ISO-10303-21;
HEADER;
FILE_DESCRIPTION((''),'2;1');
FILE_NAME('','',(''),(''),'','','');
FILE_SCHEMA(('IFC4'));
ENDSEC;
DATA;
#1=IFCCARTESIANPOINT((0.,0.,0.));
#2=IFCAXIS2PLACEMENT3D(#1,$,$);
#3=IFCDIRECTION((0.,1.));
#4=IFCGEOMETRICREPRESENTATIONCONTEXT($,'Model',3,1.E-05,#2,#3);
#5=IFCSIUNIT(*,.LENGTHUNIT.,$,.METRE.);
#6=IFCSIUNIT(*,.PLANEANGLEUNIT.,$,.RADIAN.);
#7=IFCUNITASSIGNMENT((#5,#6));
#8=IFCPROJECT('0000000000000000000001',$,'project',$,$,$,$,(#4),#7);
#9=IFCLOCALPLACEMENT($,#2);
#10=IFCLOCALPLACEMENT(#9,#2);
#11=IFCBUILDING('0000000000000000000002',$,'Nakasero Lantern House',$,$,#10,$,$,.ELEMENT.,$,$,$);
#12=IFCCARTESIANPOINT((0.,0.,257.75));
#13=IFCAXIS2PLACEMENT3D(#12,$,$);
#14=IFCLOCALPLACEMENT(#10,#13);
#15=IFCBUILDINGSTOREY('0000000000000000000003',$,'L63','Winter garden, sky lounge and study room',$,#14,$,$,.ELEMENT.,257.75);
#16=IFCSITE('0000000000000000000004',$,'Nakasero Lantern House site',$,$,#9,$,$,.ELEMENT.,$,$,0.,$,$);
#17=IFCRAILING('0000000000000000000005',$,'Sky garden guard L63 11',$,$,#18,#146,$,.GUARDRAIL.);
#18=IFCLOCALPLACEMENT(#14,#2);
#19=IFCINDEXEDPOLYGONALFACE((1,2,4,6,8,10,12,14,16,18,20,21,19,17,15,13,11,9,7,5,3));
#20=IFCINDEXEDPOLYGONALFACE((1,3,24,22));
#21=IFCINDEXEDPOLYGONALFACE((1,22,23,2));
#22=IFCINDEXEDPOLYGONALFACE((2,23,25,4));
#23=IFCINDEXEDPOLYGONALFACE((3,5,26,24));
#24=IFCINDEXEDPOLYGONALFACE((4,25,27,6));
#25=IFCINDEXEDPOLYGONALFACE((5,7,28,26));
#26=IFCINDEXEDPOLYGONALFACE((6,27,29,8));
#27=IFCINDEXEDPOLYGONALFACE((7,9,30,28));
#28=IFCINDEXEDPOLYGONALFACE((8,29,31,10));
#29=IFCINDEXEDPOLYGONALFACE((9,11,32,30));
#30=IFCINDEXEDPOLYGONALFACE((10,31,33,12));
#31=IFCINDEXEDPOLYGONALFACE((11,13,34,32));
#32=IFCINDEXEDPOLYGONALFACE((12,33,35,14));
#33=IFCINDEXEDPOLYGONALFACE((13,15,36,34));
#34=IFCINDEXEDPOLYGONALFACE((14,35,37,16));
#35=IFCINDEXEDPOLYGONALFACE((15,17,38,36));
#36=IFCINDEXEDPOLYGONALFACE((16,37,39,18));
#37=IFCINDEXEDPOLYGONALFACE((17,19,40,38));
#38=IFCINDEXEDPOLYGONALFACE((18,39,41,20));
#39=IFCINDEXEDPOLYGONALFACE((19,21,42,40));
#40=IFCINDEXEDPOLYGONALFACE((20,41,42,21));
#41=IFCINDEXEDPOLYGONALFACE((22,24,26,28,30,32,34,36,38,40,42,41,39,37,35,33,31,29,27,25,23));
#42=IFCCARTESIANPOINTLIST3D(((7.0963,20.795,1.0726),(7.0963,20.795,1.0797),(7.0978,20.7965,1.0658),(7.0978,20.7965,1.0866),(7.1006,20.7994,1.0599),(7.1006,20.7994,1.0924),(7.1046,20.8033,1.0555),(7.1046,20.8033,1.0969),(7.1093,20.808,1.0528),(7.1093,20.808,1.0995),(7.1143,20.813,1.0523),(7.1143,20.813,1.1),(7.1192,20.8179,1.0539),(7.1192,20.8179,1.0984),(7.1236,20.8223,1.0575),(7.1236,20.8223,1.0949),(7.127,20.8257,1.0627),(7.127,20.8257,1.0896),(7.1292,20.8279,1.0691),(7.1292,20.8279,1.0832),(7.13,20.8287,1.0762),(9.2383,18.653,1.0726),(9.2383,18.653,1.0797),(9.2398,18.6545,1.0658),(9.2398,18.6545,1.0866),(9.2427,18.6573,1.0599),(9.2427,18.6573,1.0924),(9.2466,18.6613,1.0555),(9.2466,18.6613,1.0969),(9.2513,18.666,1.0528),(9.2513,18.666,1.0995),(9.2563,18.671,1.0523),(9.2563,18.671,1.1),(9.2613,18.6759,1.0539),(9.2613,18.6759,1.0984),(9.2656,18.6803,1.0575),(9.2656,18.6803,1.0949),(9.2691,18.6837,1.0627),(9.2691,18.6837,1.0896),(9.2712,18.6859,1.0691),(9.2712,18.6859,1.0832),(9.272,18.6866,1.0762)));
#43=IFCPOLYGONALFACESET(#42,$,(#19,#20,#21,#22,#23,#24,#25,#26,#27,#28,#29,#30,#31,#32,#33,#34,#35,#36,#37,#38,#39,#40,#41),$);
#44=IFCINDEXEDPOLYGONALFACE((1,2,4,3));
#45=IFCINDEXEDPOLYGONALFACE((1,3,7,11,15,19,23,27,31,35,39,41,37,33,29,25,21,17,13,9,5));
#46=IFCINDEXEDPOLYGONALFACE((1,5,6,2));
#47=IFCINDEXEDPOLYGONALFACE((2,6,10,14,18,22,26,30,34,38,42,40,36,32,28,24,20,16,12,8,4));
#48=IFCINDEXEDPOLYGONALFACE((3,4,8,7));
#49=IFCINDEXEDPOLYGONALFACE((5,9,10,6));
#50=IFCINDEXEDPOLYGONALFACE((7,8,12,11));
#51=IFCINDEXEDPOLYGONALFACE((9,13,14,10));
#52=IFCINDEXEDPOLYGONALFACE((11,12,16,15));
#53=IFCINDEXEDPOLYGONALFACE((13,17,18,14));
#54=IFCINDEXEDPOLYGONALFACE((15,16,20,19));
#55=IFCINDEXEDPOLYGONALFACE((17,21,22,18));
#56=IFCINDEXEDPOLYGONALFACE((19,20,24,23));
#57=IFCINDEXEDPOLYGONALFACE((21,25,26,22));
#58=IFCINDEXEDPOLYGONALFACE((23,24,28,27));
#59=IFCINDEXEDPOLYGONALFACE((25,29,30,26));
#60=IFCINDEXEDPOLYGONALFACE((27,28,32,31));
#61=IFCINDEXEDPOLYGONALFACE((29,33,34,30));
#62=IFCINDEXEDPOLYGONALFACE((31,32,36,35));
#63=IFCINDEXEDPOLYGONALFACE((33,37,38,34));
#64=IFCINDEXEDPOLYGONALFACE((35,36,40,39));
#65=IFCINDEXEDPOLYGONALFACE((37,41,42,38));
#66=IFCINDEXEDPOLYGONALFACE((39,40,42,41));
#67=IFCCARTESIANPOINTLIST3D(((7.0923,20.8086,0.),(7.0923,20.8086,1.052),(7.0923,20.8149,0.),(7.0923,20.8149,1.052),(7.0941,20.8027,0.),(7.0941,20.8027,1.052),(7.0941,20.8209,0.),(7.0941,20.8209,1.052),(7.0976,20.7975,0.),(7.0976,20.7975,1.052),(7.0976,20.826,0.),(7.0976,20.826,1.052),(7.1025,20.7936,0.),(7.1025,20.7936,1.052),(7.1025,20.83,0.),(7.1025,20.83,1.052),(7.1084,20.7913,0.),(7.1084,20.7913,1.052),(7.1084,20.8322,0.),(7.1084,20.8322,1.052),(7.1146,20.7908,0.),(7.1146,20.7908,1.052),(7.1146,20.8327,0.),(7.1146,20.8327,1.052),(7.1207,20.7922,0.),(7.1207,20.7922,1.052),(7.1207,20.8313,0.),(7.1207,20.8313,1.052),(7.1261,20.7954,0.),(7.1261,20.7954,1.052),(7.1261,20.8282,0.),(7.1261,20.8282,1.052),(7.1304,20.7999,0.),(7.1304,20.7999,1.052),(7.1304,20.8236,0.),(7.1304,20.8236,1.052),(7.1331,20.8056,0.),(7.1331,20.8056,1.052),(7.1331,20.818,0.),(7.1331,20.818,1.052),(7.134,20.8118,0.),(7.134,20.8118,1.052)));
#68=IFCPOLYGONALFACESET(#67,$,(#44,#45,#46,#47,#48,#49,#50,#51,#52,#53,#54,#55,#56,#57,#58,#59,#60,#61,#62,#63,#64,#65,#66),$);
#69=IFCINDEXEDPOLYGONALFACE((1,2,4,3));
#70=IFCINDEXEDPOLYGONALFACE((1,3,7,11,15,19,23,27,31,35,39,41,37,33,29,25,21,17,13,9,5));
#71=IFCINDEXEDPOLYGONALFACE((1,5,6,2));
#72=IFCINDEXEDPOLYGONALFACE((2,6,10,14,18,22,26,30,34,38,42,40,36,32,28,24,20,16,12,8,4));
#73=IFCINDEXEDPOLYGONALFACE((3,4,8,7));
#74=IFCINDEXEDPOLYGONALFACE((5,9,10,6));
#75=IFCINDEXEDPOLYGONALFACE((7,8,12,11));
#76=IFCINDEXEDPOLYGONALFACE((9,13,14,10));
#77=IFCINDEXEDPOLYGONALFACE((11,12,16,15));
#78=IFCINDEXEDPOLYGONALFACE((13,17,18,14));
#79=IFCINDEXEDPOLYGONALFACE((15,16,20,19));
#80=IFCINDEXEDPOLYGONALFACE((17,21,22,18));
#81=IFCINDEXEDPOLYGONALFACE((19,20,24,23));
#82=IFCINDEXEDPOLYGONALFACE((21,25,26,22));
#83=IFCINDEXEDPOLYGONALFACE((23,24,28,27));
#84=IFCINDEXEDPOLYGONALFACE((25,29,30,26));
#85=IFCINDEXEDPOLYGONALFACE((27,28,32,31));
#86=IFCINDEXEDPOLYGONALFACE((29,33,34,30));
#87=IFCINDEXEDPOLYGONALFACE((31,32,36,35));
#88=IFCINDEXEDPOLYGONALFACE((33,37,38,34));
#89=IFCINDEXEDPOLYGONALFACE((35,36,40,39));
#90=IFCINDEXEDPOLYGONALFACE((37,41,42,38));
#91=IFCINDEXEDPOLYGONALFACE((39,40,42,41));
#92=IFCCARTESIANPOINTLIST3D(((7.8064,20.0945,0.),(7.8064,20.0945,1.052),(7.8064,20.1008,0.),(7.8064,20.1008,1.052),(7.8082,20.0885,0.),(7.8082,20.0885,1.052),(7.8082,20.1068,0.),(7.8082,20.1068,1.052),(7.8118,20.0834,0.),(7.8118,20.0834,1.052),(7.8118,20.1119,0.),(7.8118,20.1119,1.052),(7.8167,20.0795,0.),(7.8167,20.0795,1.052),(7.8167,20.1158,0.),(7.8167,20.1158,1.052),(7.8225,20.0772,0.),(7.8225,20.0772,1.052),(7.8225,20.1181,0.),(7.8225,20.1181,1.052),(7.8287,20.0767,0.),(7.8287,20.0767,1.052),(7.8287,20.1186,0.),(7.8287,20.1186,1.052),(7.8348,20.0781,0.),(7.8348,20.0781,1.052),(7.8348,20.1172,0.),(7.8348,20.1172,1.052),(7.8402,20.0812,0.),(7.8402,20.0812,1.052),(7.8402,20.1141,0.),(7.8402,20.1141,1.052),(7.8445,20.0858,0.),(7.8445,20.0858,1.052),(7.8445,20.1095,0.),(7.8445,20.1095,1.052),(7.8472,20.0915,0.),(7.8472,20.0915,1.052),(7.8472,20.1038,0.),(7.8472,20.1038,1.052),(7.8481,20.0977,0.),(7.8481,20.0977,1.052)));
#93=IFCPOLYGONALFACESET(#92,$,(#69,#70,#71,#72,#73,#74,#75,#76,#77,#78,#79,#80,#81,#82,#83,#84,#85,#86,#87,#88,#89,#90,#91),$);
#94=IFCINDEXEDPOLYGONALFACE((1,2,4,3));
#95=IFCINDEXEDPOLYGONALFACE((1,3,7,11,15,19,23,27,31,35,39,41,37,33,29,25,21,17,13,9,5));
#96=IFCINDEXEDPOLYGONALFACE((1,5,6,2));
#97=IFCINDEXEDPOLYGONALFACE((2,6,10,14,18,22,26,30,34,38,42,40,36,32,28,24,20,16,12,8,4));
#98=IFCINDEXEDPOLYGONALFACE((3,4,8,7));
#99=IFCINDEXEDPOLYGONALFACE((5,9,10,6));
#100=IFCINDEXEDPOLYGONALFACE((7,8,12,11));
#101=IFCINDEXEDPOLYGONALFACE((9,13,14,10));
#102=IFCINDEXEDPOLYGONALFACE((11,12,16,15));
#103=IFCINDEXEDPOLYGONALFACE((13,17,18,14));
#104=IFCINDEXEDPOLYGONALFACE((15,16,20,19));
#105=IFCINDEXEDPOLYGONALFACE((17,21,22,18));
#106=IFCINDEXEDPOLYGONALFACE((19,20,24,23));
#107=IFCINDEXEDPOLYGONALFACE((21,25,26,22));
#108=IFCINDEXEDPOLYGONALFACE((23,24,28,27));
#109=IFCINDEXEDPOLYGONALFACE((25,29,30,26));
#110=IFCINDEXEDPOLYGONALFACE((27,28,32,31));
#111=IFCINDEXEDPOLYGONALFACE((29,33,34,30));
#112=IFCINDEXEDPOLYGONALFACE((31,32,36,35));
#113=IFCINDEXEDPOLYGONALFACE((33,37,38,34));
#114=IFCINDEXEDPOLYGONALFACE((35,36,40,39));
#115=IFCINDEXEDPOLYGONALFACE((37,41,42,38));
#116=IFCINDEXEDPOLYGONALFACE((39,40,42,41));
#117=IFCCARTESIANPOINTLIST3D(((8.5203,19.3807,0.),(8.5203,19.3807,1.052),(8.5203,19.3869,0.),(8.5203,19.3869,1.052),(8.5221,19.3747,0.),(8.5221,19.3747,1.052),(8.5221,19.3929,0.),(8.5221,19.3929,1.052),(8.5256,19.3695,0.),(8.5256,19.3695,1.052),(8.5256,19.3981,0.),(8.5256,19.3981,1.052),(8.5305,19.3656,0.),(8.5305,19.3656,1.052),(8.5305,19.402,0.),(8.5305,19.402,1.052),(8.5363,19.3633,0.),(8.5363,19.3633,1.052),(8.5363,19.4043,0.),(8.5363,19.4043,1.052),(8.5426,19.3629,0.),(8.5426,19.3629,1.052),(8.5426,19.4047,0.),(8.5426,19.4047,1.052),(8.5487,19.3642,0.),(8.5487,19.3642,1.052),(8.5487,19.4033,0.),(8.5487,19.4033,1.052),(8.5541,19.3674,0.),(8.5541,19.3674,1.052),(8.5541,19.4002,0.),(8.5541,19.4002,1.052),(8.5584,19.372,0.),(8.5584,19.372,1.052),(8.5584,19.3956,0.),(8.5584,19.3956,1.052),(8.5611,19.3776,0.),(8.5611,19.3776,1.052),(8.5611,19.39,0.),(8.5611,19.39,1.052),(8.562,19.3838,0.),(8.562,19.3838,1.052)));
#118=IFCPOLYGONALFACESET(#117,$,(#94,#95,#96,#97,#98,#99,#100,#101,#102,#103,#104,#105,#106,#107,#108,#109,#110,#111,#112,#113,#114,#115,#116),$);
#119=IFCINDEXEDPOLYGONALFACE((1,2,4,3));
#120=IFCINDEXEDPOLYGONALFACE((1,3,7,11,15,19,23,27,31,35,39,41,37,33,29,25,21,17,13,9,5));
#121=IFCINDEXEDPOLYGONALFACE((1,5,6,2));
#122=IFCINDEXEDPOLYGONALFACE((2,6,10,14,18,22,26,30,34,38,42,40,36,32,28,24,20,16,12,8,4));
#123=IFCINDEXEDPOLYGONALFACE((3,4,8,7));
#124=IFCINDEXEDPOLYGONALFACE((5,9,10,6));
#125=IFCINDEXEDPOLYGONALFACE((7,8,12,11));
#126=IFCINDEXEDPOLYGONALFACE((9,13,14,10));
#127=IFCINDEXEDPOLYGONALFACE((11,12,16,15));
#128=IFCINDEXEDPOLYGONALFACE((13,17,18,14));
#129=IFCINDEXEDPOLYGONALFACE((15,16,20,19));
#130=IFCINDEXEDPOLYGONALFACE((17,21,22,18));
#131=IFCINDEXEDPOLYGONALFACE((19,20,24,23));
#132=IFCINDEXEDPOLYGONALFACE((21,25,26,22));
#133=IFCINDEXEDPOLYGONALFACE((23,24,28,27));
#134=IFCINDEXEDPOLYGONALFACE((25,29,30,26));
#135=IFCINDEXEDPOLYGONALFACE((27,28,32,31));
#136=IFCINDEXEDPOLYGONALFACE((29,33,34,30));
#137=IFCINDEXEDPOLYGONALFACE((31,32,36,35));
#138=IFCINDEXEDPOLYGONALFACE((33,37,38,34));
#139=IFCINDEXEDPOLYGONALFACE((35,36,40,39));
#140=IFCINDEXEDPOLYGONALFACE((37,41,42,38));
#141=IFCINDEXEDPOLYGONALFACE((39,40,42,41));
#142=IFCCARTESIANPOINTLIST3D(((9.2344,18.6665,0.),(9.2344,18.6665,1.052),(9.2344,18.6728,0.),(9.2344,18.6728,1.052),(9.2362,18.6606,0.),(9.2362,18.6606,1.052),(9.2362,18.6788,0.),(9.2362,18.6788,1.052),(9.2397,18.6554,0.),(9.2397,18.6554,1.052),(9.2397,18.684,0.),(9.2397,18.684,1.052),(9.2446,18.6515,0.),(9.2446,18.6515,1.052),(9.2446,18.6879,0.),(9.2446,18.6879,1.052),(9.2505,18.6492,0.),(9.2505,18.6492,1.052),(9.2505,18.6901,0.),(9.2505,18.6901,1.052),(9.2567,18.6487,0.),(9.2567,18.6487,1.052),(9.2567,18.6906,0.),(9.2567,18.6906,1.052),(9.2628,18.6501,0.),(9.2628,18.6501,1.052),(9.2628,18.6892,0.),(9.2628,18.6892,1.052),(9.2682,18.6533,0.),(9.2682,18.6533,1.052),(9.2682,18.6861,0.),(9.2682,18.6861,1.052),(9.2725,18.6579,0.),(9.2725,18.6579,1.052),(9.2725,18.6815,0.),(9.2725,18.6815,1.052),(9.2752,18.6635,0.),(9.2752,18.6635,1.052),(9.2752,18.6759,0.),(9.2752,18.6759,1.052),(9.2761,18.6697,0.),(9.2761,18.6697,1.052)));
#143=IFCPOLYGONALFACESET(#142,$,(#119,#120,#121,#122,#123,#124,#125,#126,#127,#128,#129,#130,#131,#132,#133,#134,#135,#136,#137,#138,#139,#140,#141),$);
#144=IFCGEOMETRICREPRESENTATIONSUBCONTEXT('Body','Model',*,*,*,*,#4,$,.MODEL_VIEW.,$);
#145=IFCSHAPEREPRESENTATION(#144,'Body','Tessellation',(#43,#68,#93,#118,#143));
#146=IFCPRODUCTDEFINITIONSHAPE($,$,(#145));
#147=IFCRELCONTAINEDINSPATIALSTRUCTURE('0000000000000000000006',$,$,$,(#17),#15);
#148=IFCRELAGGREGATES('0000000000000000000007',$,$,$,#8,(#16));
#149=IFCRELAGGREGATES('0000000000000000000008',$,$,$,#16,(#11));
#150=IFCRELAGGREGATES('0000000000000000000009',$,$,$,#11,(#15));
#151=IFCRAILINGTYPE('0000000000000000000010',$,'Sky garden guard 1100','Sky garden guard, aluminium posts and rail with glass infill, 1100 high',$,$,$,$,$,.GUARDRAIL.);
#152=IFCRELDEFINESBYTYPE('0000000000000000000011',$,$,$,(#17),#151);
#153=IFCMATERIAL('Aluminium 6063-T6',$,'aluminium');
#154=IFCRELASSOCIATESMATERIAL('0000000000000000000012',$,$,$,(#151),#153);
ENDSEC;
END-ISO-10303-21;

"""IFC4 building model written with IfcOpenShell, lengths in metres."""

from ifc_helpers import new_model, si_unit, direction, frame, origin, origin_2d, place, context, subcontext, project, spatial, circle, extrude, material, type_object, element, save


model = new_model("IFC4")

# Units and contexts
model_context = context("Model", 3, precision=1e-05, world=origin(), true_north=direction((0.0, 1.0)))
body_context = subcontext(model_context, "Body", "Model", "MODEL_VIEW")
ifc_project = project(units=[si_unit("LENGTHUNIT", "METRE"), si_unit("PLANEANGLEUNIT", "RADIAN")], contexts=[model_context])

# Site, building, storey
site_placement = place(None, origin())
site = spatial("IfcSite", under=ifc_project, at=site_placement, Name="Nakasero Lantern House site", CompositionType="ELEMENT", RefElevation=0.0)
building_placement = place(site_placement, origin())
building = spatial("IfcBuilding", under=site, at=building_placement, Name="Nakasero Lantern House", CompositionType="ELEMENT")
storey_placement = place(building_placement, frame((0.0, 0.0, 257.75)))
storey = spatial("IfcBuildingStorey", under=building, at=storey_placement, Name="L63", Description="Winter garden, sky lounge and study room", CompositionType="ELEMENT", Elevation=257.75)

# Railing
ifc_material_1 = material(Name="Aluminium 6063-T6", Category="aluminium")
railing_type = type_object("IfcRailingType", Name="Sky garden guard 1100", Description="Sky garden guard, aluminium posts and rail with glass infill, 1100 high", PredefinedType="GUARDRAIL", material=ifc_material_1)
railing_1_placement = place(storey_placement, frame((7.113, 20.8118, 0.0)))
element("IfcRailing", 1, at=railing_1_placement, inside=storey, type_object=railing_type, Name="Sky garden guard L63 11", PredefinedType="GUARDRAIL", context=body_context, shape_type="SweptSolid", body=[
    extrude(circle(Radius=0.0239, at=origin_2d()), frame((0.0, 0.0, 1.0762), z_axis=(0.707107, -0.707107, 0.0), x_axis=(0.707107, 0.707107, 0.0)), (0.0, 0.0, 1.0), 3.0293),
    extrude(circle(Radius=0.021, at=origin_2d()), origin(), (0.0, 0.0, 1.0), 1.052),
    extrude(circle(Radius=0.021, at=origin_2d()), frame((0.7141, -0.7141, 0.0)), (0.0, 0.0, 1.0), 1.052),
    extrude(circle(Radius=0.021, at=origin_2d()), frame((1.428, -1.428, 0.0)), (0.0, 0.0, 1.0), 1.052),
    extrude(circle(Radius=0.021, at=origin_2d()), frame((2.1421, -2.1421, 0.0)), (0.0, 0.0, 1.0), 1.052),
])

save(model, "model.ifc")
